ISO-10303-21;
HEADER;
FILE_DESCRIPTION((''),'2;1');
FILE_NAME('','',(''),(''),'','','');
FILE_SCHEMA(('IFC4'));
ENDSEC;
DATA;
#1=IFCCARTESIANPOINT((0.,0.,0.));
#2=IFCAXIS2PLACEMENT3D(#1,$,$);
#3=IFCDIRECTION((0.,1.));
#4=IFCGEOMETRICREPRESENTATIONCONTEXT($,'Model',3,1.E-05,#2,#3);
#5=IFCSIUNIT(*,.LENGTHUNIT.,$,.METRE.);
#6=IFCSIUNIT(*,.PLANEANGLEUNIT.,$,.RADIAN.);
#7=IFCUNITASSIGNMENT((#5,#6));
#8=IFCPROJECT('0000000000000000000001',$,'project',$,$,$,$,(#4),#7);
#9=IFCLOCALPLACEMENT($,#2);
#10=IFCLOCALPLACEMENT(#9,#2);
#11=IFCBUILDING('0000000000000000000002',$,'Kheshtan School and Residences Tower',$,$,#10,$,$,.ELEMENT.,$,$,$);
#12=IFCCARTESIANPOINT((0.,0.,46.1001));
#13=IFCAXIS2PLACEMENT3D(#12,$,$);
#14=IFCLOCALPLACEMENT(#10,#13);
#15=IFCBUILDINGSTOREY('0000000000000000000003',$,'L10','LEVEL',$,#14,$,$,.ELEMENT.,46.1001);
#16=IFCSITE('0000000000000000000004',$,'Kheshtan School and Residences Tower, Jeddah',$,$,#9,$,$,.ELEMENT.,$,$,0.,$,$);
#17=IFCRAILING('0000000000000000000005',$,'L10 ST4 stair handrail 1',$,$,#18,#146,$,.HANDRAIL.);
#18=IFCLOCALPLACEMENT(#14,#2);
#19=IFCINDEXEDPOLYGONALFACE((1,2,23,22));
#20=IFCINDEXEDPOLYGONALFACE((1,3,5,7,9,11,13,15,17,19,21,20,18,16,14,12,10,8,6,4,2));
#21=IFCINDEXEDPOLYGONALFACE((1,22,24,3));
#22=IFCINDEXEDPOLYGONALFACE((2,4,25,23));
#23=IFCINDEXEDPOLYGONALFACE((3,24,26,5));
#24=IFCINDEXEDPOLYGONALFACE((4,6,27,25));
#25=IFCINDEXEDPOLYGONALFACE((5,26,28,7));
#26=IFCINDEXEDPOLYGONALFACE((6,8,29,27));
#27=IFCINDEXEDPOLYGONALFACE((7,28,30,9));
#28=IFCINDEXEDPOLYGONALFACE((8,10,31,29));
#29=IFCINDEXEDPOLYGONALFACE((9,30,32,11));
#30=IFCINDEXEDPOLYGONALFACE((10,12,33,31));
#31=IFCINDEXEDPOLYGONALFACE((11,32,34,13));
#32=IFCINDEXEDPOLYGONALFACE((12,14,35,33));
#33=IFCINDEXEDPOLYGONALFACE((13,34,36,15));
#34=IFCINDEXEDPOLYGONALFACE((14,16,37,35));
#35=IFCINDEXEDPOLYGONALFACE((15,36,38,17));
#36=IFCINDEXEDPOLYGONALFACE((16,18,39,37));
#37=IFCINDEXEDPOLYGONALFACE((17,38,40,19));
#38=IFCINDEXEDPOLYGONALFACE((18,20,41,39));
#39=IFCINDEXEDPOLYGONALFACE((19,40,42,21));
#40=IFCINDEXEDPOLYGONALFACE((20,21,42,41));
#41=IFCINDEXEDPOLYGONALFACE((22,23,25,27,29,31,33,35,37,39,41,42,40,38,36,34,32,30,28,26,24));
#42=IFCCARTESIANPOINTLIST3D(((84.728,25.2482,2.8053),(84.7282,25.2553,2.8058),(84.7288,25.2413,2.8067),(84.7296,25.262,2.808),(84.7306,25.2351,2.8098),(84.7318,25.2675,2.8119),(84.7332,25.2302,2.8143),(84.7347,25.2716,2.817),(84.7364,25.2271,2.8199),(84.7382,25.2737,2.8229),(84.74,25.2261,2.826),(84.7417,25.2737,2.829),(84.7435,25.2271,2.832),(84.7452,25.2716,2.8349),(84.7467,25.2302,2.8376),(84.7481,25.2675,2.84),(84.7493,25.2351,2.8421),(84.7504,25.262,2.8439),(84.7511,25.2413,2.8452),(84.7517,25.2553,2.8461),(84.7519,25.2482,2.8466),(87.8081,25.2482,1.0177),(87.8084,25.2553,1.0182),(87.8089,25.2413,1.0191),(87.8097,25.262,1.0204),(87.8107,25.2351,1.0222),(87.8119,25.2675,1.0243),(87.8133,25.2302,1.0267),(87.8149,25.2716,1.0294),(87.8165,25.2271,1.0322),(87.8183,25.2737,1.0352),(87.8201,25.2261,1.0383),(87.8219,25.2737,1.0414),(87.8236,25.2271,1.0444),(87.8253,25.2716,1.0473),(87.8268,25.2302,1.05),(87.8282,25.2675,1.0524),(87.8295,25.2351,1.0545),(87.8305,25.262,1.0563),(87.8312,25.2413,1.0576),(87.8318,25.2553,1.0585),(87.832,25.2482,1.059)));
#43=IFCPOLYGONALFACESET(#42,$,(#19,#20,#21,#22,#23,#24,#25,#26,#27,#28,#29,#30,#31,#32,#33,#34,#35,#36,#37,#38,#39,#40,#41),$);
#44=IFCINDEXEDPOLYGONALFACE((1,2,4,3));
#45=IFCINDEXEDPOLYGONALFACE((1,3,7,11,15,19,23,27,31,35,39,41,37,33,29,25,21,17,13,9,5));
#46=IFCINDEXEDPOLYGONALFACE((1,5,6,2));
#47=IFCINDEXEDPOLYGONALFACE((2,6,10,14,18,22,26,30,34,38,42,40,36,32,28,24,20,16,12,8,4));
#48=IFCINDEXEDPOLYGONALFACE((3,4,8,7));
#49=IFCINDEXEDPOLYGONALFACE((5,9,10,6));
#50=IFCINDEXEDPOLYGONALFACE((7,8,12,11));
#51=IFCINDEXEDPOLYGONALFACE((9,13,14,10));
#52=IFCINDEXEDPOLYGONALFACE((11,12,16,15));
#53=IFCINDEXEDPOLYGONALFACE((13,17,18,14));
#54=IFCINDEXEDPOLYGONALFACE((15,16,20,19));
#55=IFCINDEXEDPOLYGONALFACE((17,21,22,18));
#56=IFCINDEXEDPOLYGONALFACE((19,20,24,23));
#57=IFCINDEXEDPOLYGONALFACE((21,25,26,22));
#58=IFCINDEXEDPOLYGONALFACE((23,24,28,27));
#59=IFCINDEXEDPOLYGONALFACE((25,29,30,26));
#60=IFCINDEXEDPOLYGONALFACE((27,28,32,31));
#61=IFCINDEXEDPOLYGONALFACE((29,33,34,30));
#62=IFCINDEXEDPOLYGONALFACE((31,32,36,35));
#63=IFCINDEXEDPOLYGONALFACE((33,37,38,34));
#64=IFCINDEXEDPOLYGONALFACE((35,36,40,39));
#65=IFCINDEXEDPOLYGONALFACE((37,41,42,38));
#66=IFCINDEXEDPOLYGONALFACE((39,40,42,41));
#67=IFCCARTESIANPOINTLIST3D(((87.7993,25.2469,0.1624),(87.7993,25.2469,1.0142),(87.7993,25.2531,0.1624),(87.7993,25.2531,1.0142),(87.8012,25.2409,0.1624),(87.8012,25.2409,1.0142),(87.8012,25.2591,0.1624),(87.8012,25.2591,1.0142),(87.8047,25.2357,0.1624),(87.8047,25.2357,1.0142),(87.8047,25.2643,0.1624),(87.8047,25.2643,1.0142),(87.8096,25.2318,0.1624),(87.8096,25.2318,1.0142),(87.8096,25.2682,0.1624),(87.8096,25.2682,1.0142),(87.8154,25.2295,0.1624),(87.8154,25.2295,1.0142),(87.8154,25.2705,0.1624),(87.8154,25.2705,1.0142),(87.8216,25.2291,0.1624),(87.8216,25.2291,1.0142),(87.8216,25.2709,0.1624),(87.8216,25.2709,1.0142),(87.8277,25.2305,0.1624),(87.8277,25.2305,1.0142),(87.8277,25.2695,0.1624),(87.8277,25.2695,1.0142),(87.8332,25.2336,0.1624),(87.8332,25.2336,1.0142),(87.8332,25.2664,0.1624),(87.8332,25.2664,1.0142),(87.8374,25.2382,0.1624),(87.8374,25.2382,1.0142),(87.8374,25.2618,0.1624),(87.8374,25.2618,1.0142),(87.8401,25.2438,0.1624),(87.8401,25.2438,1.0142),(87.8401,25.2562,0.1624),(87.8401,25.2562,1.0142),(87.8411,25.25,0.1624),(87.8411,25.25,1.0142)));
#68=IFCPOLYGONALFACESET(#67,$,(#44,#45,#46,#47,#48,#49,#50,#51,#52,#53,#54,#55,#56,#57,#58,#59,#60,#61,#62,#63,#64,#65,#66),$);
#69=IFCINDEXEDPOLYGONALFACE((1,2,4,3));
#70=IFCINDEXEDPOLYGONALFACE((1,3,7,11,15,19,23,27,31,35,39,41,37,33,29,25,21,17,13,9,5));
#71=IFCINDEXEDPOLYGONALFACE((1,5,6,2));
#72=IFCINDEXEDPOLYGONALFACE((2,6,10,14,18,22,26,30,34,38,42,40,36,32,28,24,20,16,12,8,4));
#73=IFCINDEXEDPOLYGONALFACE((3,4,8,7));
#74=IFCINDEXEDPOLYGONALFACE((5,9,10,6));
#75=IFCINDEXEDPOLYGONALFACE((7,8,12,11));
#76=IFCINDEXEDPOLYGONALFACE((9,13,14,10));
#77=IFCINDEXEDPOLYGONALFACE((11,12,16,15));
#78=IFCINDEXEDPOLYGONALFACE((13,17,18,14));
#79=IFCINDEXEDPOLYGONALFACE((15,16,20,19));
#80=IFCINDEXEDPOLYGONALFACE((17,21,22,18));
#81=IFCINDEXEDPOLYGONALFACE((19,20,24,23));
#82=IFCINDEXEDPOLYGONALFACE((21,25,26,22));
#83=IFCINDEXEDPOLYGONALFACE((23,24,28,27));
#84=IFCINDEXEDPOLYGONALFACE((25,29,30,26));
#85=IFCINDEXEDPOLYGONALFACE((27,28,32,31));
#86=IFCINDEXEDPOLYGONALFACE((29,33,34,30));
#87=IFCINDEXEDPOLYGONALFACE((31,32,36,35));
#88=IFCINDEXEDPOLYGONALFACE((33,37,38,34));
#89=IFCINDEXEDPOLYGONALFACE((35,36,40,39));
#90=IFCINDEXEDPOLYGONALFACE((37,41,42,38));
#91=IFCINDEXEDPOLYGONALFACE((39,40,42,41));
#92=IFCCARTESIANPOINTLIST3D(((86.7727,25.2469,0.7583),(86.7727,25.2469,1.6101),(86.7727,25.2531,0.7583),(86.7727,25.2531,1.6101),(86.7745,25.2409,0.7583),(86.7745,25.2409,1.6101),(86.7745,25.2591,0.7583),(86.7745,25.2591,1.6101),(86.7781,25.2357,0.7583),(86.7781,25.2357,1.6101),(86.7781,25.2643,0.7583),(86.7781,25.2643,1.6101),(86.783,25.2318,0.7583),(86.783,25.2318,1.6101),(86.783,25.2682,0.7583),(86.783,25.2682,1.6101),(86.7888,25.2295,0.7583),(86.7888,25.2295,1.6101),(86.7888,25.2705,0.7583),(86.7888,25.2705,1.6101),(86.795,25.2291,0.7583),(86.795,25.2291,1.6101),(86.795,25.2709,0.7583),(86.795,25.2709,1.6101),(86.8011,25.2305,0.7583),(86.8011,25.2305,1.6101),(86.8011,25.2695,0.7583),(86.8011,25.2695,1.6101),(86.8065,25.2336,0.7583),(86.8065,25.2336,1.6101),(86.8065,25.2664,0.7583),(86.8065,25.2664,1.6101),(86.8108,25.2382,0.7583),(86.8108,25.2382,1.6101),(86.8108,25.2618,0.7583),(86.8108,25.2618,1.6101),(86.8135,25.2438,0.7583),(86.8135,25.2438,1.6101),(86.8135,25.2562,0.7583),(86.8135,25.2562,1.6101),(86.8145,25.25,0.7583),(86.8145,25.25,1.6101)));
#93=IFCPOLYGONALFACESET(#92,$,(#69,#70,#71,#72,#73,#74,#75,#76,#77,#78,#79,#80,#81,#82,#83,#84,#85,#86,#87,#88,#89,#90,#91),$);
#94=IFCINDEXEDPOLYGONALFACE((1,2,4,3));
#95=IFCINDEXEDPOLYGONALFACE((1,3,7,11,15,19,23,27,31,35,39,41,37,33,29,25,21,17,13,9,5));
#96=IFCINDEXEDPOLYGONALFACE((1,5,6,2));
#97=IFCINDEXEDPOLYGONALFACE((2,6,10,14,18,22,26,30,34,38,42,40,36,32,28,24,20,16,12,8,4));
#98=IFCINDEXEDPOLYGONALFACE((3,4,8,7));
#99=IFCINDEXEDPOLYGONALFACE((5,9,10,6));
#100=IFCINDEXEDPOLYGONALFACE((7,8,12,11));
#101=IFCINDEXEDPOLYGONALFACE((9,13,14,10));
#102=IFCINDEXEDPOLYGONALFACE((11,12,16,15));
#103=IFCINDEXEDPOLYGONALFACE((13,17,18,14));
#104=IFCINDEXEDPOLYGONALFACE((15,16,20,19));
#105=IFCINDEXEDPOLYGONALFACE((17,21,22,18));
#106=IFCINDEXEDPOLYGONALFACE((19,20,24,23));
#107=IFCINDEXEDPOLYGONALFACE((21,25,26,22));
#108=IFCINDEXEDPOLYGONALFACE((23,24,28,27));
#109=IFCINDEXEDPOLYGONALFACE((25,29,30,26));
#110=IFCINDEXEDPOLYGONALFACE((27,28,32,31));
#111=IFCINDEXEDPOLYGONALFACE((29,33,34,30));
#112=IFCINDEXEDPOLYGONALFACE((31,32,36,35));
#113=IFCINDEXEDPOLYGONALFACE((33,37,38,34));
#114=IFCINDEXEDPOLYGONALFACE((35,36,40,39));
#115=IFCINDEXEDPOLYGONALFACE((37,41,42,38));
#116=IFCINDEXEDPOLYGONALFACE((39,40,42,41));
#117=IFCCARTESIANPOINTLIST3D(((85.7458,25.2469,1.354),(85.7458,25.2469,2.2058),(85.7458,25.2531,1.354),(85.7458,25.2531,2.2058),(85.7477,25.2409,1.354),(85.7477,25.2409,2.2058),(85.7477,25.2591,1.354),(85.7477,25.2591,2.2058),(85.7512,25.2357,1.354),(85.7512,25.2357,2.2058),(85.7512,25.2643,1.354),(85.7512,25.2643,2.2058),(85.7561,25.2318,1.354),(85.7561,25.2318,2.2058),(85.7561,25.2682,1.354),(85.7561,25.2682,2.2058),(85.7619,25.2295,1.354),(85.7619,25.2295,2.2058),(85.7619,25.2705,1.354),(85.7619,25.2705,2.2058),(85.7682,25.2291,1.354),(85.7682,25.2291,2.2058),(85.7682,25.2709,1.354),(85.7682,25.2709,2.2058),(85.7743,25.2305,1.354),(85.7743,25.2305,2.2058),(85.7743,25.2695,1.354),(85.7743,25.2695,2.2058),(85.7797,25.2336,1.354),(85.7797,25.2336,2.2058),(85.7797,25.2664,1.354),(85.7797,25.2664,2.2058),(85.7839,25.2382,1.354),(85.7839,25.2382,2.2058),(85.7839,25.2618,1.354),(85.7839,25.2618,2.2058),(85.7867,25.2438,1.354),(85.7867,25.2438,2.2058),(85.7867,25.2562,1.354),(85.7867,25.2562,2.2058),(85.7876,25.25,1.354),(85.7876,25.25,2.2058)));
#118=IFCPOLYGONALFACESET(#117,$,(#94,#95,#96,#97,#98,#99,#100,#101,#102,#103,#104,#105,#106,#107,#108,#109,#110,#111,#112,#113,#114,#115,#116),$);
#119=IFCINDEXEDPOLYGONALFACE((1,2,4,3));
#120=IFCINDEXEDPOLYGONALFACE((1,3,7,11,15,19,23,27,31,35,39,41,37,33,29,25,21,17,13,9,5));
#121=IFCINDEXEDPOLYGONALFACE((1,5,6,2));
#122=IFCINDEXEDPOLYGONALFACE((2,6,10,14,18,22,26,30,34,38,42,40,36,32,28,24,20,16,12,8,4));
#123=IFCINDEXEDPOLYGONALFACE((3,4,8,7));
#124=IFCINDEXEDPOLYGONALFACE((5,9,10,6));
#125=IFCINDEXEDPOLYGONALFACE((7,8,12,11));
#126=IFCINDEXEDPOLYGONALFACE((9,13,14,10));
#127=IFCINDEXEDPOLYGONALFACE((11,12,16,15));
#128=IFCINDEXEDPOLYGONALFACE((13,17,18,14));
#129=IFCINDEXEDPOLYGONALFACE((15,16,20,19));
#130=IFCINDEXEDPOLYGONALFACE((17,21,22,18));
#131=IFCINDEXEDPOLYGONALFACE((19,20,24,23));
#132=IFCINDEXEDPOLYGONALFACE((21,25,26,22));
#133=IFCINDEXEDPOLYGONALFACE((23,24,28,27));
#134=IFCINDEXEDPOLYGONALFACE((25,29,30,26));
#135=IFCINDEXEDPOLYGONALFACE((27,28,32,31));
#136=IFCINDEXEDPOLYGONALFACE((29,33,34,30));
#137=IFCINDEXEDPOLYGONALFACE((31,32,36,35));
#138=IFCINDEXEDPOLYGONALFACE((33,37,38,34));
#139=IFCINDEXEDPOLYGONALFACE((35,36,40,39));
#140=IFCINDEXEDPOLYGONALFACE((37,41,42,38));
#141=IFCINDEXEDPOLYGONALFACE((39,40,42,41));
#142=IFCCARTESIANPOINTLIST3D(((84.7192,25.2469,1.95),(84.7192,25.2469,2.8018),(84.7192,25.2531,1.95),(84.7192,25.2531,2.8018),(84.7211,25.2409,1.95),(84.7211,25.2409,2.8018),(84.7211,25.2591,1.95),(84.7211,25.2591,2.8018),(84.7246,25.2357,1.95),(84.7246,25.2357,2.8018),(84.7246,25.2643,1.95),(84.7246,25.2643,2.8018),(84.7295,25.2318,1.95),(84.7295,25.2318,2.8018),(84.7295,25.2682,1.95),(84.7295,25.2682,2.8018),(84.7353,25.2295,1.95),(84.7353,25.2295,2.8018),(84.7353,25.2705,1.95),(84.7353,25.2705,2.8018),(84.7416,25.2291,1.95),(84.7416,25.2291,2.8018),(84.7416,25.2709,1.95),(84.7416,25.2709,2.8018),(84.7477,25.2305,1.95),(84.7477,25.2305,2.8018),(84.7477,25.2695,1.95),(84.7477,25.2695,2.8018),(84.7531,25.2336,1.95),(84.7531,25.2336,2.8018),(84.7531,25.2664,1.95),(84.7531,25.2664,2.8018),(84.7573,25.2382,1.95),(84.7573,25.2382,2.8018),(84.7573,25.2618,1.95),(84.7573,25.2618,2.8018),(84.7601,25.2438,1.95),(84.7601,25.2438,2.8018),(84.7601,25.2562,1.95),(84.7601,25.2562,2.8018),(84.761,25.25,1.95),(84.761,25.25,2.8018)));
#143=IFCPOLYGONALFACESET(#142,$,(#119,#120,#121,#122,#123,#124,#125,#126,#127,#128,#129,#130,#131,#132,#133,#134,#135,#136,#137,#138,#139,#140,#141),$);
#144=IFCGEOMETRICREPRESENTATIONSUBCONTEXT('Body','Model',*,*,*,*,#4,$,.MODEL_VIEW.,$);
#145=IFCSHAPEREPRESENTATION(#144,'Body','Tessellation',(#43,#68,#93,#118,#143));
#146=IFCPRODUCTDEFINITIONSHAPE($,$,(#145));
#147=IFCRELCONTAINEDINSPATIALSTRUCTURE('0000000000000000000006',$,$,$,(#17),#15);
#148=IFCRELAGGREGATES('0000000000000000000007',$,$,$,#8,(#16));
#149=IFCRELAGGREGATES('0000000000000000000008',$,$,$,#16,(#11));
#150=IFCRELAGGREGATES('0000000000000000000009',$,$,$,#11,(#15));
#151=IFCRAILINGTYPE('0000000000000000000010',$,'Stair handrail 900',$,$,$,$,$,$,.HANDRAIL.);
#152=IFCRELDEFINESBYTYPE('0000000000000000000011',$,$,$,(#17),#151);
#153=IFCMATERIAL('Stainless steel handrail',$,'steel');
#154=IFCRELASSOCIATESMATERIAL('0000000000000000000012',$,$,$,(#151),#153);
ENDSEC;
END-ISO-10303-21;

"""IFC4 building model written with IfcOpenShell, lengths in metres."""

from ifc_helpers import new_model, si_unit, direction, frame, origin, origin_2d, place, context, subcontext, project, spatial, circle, extrude, material, type_object, element, save


model = new_model("IFC4")

# Units and contexts
model_context = context("Model", 3, precision=1e-05, world=origin(), true_north=direction((0.0, 1.0)))
body_context = subcontext(model_context, "Body", "Model", "MODEL_VIEW")
ifc_project = project(units=[si_unit("LENGTHUNIT", "METRE"), si_unit("PLANEANGLEUNIT", "RADIAN")], contexts=[model_context])

# Site, building, storey
site_placement = place(None, origin())
site = spatial("IfcSite", under=ifc_project, at=site_placement, Name="Kheshtan School and Residences Tower, Jeddah", CompositionType="ELEMENT", RefElevation=0.0)
building_placement = place(site_placement, origin())
building = spatial("IfcBuilding", under=site, at=building_placement, Name="Kheshtan School and Residences Tower", CompositionType="ELEMENT")
storey_placement = place(building_placement, frame((0.0, 0.0, 46.1001)))
storey = spatial("IfcBuildingStorey", under=building, at=storey_placement, Name="L10", Description="LEVEL", CompositionType="ELEMENT", Elevation=46.1001)

# Railing
ifc_material_1 = material(Name="Stainless steel handrail", Category="steel")
railing_type_1 = type_object("IfcRailingType", Name="Stair handrail 900", PredefinedType="HANDRAIL", material=ifc_material_1)
railing_1_placement = place(storey_placement, frame((87.8201, 25.25, 0.1624)))
element("IfcRailing", 1, at=railing_1_placement, inside=storey, type_object=railing_type_1, Name="L10 ST4 stair handrail 1", PredefinedType="HANDRAIL", context=body_context, shape_type="SweptSolid", body=[
    extrude(circle(Radius=0.0239, at=origin_2d()), frame((0.0, 0.0, 0.876), z_axis=(-0.864891, 0.0, 0.50196), x_axis=(0.0, -1.0, 0.0)), (0.0, 0.0, 1.0), 3.5613),
    extrude(circle(Radius=0.021, at=origin_2d()), origin(), (0.0, 0.0, 1.0), 0.8518),
    extrude(circle(Radius=0.021, at=origin_2d()), frame((-1.0266, 0.0, 0.5959)), (0.0, 0.0, 1.0), 0.8518),
    extrude(circle(Radius=0.021, at=origin_2d()), frame((-2.0535, 0.0, 1.1917)), (0.0, 0.0, 1.0), 0.8518),
    extrude(circle(Radius=0.021, at=origin_2d()), frame((-3.0801, 0.0, 1.7876)), (0.0, 0.0, 1.0), 0.8518),
])

save(model, "model.ifc")
